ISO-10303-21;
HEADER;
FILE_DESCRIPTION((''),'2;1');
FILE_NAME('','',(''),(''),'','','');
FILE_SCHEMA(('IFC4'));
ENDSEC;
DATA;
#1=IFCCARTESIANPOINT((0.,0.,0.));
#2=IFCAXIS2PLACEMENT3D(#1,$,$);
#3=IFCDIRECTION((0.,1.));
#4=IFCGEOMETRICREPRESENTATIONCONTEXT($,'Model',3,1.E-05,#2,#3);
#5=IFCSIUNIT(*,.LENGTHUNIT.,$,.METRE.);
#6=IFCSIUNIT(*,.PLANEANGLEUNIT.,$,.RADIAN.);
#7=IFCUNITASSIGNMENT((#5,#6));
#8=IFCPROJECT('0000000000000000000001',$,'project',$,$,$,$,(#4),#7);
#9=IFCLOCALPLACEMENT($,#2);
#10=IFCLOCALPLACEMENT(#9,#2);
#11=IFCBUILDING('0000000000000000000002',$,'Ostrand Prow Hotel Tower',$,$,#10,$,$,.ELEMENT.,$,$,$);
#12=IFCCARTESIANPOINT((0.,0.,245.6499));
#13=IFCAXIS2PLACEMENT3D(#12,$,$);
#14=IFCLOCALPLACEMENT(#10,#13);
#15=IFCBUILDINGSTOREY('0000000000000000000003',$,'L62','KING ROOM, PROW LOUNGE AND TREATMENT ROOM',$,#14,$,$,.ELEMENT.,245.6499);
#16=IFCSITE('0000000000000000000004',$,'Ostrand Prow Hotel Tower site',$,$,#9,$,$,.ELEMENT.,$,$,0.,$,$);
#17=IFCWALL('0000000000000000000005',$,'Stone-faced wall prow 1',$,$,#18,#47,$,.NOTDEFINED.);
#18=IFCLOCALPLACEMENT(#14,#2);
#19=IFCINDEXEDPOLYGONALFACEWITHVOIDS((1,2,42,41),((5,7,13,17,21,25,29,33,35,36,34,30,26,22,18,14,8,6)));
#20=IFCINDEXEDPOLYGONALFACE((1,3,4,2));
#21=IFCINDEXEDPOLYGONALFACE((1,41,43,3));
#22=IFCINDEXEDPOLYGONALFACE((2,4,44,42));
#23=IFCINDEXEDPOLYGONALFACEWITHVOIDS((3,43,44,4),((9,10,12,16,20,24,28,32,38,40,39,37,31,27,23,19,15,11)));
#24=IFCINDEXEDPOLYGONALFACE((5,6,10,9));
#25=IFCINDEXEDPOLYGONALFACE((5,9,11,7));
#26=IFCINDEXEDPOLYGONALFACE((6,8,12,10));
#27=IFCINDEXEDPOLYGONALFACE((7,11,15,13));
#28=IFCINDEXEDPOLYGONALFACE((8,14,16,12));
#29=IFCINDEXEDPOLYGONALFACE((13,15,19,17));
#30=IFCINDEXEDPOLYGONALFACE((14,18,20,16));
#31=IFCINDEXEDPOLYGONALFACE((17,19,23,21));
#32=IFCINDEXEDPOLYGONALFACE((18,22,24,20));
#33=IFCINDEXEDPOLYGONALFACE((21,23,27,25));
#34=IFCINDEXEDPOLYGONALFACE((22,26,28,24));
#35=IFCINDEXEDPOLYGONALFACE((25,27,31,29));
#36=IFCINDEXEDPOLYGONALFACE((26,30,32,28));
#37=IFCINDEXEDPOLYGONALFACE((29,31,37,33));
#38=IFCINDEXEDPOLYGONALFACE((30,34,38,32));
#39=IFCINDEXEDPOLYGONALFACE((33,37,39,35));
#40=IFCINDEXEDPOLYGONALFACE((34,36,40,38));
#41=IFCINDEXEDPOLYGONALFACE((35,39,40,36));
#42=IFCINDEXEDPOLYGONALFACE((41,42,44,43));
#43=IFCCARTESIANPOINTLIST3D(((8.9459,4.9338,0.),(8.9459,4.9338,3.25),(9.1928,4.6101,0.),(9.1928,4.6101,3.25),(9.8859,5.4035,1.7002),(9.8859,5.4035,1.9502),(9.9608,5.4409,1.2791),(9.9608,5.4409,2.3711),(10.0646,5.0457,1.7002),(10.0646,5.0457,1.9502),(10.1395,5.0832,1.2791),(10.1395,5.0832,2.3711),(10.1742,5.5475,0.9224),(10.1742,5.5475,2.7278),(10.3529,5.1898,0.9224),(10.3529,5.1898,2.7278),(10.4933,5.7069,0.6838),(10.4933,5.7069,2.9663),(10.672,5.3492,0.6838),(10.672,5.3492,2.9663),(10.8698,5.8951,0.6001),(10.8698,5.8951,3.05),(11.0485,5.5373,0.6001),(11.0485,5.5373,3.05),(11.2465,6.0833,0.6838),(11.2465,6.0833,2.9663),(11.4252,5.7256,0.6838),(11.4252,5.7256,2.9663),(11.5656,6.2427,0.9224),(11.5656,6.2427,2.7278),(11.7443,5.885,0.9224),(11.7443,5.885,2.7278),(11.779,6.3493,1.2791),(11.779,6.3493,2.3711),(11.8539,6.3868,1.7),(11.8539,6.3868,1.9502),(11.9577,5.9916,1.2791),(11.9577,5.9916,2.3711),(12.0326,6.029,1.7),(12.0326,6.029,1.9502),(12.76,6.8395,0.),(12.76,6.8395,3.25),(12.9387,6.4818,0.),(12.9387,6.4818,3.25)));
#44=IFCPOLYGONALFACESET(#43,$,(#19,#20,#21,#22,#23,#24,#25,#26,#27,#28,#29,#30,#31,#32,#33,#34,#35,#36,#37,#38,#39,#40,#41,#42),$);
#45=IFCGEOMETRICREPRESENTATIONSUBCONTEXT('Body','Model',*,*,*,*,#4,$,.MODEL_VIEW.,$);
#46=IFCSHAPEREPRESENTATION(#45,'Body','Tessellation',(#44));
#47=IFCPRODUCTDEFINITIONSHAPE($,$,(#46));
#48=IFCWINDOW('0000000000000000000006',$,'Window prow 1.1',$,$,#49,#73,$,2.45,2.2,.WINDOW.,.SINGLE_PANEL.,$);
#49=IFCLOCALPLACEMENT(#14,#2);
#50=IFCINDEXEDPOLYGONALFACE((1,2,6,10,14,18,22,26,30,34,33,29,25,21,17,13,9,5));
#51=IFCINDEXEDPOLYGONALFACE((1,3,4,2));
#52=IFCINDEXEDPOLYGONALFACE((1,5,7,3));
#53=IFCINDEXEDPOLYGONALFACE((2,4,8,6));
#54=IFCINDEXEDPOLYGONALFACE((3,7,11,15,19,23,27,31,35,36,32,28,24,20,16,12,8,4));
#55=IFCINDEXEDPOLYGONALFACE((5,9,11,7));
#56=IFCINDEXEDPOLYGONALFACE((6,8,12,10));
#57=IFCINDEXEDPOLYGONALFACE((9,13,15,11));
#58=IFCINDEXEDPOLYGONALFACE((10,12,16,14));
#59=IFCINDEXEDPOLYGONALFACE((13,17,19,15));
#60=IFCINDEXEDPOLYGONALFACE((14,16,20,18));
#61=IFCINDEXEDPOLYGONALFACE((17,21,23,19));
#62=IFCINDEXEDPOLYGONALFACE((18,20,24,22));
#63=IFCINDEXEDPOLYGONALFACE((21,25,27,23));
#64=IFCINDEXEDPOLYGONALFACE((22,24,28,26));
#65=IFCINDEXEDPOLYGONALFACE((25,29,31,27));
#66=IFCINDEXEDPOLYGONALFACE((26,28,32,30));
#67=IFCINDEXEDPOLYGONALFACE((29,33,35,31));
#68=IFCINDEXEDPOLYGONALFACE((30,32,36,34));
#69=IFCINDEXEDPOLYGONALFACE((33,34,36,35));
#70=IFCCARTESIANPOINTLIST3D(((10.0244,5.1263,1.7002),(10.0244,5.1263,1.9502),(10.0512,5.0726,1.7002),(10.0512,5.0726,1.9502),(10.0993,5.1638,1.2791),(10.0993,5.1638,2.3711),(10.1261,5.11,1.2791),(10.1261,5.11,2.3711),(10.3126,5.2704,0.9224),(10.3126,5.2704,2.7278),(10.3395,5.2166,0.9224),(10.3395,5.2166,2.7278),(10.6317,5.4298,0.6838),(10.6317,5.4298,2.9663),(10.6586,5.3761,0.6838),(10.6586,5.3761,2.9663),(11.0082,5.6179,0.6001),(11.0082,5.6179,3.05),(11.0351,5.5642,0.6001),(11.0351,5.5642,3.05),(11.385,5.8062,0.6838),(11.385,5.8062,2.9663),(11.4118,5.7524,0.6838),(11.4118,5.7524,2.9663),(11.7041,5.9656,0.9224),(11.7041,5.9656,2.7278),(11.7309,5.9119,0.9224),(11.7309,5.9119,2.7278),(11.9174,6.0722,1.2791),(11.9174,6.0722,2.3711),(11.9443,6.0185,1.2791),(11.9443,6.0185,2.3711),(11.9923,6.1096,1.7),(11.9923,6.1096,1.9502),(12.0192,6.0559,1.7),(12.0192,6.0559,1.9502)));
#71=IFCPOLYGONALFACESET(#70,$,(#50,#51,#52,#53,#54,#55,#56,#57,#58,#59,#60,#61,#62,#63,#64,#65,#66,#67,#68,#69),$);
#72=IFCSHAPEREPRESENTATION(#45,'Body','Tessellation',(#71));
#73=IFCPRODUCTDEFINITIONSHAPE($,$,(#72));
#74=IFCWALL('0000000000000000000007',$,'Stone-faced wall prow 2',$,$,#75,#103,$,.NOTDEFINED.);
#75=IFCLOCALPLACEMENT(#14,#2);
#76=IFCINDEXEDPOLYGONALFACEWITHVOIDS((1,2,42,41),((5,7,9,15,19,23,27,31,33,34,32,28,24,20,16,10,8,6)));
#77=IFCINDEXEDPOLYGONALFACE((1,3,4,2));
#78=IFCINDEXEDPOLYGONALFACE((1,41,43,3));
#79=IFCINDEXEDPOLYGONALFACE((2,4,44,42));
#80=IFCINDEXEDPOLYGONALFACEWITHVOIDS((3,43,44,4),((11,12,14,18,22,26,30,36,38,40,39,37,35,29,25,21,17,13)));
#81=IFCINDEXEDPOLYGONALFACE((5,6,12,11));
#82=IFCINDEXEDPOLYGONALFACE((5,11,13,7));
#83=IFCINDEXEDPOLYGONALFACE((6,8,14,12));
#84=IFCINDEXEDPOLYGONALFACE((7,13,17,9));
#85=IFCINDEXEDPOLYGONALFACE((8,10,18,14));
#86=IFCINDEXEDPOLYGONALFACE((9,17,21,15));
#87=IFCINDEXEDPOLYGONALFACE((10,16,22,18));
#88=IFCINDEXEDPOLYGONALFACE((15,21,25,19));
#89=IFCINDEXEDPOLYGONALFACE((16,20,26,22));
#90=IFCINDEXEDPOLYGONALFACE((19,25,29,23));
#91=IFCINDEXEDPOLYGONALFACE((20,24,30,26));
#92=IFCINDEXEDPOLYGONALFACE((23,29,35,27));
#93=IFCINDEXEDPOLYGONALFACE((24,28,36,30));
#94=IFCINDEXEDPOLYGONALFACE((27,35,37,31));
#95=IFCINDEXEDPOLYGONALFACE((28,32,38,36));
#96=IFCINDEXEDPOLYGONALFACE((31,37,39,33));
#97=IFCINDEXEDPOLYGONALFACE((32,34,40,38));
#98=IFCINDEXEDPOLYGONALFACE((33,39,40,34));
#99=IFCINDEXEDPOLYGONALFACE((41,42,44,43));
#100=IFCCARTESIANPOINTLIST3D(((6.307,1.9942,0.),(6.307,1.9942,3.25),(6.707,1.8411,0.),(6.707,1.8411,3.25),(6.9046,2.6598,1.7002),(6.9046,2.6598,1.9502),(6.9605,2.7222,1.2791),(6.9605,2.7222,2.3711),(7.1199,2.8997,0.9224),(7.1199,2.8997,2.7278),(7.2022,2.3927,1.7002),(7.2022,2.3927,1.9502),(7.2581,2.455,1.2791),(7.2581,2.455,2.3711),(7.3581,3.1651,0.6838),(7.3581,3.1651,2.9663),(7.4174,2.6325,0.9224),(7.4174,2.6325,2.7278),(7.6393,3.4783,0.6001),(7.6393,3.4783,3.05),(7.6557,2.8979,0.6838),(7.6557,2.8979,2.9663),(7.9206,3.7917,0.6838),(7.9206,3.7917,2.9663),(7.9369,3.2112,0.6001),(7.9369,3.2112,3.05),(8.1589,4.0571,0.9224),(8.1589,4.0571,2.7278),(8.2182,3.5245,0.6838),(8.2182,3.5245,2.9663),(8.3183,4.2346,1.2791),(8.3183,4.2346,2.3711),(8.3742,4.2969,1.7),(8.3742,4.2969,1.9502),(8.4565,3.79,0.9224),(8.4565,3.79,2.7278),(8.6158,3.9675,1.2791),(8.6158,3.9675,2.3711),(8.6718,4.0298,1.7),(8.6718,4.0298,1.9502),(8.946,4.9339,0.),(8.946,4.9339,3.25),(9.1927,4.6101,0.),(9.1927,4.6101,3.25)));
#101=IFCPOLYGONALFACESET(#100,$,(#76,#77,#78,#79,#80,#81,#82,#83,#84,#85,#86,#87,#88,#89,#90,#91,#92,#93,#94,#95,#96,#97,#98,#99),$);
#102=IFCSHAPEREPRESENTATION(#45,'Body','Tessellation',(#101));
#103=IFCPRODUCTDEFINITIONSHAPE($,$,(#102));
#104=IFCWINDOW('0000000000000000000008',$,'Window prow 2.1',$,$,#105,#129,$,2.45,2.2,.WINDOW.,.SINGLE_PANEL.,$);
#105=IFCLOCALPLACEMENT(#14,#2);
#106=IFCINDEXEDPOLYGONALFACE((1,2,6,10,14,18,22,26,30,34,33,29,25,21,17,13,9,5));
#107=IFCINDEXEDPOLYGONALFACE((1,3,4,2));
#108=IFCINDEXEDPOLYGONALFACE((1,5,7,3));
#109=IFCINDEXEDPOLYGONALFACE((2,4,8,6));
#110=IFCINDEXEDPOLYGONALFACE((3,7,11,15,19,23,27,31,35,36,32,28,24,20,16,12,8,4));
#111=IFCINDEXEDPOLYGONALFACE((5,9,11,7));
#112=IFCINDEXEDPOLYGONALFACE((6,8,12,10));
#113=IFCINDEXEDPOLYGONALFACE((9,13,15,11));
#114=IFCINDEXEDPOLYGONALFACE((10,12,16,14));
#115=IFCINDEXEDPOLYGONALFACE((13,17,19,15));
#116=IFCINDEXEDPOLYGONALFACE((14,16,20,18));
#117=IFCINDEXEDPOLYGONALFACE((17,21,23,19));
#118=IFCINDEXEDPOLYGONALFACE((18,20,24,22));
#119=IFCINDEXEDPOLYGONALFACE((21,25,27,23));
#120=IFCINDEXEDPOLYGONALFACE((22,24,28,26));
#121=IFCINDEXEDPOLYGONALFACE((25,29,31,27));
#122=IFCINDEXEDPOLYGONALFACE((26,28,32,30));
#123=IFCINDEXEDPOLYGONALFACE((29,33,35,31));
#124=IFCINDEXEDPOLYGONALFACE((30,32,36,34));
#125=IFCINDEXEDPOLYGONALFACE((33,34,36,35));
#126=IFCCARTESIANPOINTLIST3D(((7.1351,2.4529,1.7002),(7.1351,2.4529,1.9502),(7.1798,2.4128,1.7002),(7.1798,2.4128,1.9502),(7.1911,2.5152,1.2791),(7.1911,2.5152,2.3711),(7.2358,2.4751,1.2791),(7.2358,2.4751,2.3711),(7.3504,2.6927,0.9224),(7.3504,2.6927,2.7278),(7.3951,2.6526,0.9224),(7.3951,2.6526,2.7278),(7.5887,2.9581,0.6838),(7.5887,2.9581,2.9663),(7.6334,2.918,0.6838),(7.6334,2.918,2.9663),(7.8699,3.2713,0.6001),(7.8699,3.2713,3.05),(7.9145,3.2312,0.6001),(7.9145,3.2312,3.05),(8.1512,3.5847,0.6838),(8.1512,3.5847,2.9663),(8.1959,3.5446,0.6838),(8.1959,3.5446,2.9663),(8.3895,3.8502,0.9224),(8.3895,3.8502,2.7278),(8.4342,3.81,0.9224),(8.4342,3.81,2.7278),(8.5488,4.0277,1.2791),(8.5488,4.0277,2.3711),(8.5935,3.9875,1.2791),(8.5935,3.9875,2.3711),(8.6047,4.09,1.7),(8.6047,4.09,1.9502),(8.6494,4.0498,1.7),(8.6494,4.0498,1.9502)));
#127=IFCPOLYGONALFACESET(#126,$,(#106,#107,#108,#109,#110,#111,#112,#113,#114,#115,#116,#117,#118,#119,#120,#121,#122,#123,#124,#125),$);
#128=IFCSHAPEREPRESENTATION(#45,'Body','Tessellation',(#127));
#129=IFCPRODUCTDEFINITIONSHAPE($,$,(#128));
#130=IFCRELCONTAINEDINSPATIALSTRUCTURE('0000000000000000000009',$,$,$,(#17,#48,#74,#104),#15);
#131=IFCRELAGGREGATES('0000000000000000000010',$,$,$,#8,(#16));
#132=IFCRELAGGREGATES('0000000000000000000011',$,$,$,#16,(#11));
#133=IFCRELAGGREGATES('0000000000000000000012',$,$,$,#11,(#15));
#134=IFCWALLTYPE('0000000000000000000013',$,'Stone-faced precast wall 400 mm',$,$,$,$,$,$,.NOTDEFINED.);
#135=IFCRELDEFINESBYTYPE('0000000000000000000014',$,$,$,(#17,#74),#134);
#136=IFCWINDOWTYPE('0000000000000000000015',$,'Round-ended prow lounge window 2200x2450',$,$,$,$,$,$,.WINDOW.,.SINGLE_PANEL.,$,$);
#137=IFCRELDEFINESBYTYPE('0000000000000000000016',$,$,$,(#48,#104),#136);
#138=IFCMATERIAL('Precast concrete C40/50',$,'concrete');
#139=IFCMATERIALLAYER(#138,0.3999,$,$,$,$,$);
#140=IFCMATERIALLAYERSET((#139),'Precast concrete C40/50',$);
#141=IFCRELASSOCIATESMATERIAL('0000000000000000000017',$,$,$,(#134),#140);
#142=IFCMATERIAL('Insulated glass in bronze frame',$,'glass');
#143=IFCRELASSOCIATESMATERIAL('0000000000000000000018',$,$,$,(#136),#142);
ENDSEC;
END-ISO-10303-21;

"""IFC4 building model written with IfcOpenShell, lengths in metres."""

from ifc_helpers import new_model, si_unit, direction, frame, origin, place, context, subcontext, project, spatial, polyline, outline, extrude, material, layer, layer_set, type_object, element, fill, save


model = new_model("IFC4")

# Units and contexts
model_context = context("Model", 3, precision=1e-05, world=origin(), true_north=direction((0.0, 1.0)))
body_context = subcontext(model_context, "Body", "Model", "MODEL_VIEW")
ifc_project = project(units=[si_unit("LENGTHUNIT", "METRE"), si_unit("PLANEANGLEUNIT", "RADIAN")], contexts=[model_context])

# Site, building, storey
site_placement = place(None, origin())
site = spatial("IfcSite", under=ifc_project, at=site_placement, Name="Ostrand Prow Hotel Tower site", CompositionType="ELEMENT", RefElevation=0.0)
building_placement = place(site_placement, origin())
building = spatial("IfcBuilding", under=site, at=building_placement, Name="Ostrand Prow Hotel Tower", CompositionType="ELEMENT")
storey_placement = place(building_placement, frame((0.0, 0.0, 245.6499)))
storey = spatial("IfcBuildingStorey", under=building, at=storey_placement, Name="L62", Description="KING ROOM, PROW LOUNGE AND TREATMENT ROOM", CompositionType="ELEMENT", Elevation=245.6499)

# Walls, openings, windows
ifc_material_1 = material(Name="Precast concrete C40/50", Category="concrete")
ifc_layer_1 = layer(ifc_material_1, 0.3999)
ifc_layer_set_1 = layer_set([ifc_layer_1], Name="Precast concrete C40/50")
wall_type_1 = type_object("IfcWallType", Name="Stone-faced precast wall 400 mm", PredefinedType="NOTDEFINED", material=ifc_layer_set_1)
wall_1_placement = place(storey_placement, frame((12.8494, 6.6606, 0.0), z_axis=(0.0, 0.0, 1.0), x_axis=(-0.894554, -0.446959, 0.0)))
wall_1 = element("IfcWall", 1, at=wall_1_placement, inside=storey, type_object=wall_type_1, Name="Stone-faced wall prow 1", PredefinedType="NOTDEFINED", context=body_context, shape_type="SweptSolid", body=[
    extrude(outline(polyline([(0.0, -0.2), (4.2637, -0.2), (4.1875, 0.2), (0.0, 0.2), (0.0, -0.2)])), origin(), (0.0, 0.0, 1.0), 3.25),
])
opening_1_placement = place(wall_1_placement, frame((1.0129, 0.0, 0.6001)))
opening_1 = element("IfcOpeningElement", 2, at=opening_1_placement, cuts=wall_1, PredefinedType="OPENING", context=body_context, shape_type="SweptSolid", body=[
    extrude(outline(polyline([(0.0, 1.3501), (0.0837, 1.771), (0.3223, 2.1277), (0.679, 2.3662), (1.1001, 2.45), (1.521, 2.3662), (1.8777, 2.1277), (2.1162, 1.771), (2.2, 1.3501), (2.2, 1.1001), (2.1162, 0.679), (1.8777, 0.3223), (1.521, 0.0837), (1.1001, 0.0), (0.679, 0.0837), (0.3223, 0.3223), (0.0837, 0.679), (0.0, 1.0999), (0.0, 1.3501)])), frame((0.0, 0.21, 0.0), z_axis=(0.0, -1.0, 0.0), x_axis=(1.0, 0.0, 0.0)), (0.0, 0.0, 1.0), 0.4199),
])
ifc_material_2 = material(Name="Insulated glass in bronze frame", Category="glass")
window_type = type_object("IfcWindowType", Name="Round-ended prow lounge window 2200x2450", PartitioningType="SINGLE_PANEL", PredefinedType="WINDOW", material=ifc_material_2)
window_1_placement = place(opening_1_placement, origin())
window_1 = element("IfcWindow", 3, at=window_1_placement, inside=storey, type_object=window_type, Name="Window prow 1.1", OverallHeight=2.45, OverallWidth=2.2, PartitioningType="SINGLE_PANEL", PredefinedType="WINDOW", context=body_context, shape_type="SweptSolid", body=[
    extrude(outline(polyline([(0.0, 1.3501), (0.0837, 1.771), (0.3223, 2.1277), (0.679, 2.3662), (1.1001, 2.45), (1.521, 2.3662), (1.8777, 2.1277), (2.1162, 1.771), (2.2, 1.3501), (2.2, 1.1001), (2.1162, 0.679), (1.8777, 0.3223), (1.521, 0.0837), (1.1001, 0.0), (0.679, 0.0837), (0.3223, 0.3223), (0.0837, 0.679), (0.0, 1.0999), (0.0, 1.3501)])), frame((0.0, 0.1699, 0.0), z_axis=(0.0, -1.0, 0.0), x_axis=(1.0, 0.0, 0.0)), (0.0, 0.0, 1.0), 0.0601),
])
fill(opening_1, window_1)
wall_2_placement = place(storey_placement, frame((9.0693, 4.772, 0.0), z_axis=(0.0, 0.0, 1.0), x_axis=(-0.668018, -0.744145, 0.0)))
wall_2 = element("IfcWall", 4, at=wall_2_placement, inside=storey, type_object=wall_type_1, Name="Stone-faced wall prow 2", PredefinedType="NOTDEFINED", context=body_context, shape_type="SweptSolid", body=[
    extrude(outline(polyline([(-0.0381, -0.2), (3.9124, -0.2), (3.759, 0.2), (0.0381, 0.2), (-0.0381, -0.2)])), origin(), (0.0, 0.0, 1.0), 3.25),
])
opening_2_placement = place(wall_2_placement, frame((0.8179, 0.0, 0.6001)))
opening_2 = element("IfcOpeningElement", 5, at=opening_2_placement, cuts=wall_2, PredefinedType="OPENING", context=body_context, shape_type="SweptSolid", body=[
    extrude(outline(polyline([(0.0, 1.3501), (0.0837, 1.771), (0.3223, 2.1277), (0.679, 2.3662), (1.1001, 2.45), (1.521, 2.3662), (1.8777, 2.1277), (2.1162, 1.771), (2.2, 1.3501), (2.2, 1.1001), (2.1162, 0.679), (1.8777, 0.3223), (1.521, 0.0837), (1.1001, 0.0), (0.679, 0.0837), (0.3223, 0.3223), (0.0837, 0.679), (0.0, 1.0999), (0.0, 1.3501)])), frame((0.0, 0.21, 0.0), z_axis=(0.0, -1.0, 0.0), x_axis=(1.0, 0.0, 0.0)), (0.0, 0.0, 1.0), 0.4199),
])
window_2_placement = place(opening_2_placement, origin())
window_2 = element("IfcWindow", 6, at=window_2_placement, inside=storey, type_object=window_type, Name="Window prow 2.1", OverallHeight=2.45, OverallWidth=2.2, PartitioningType="SINGLE_PANEL", PredefinedType="WINDOW", context=body_context, shape_type="SweptSolid", body=[
    extrude(outline(polyline([(0.0, 1.3501), (0.0837, 1.771), (0.3223, 2.1277), (0.679, 2.3662), (1.1001, 2.45), (1.521, 2.3662), (1.8777, 2.1277), (2.1162, 1.771), (2.2, 1.3501), (2.2, 1.1001), (2.1162, 0.679), (1.8777, 0.3223), (1.521, 0.0837), (1.1001, 0.0), (0.679, 0.0837), (0.3223, 0.3223), (0.0837, 0.679), (0.0, 1.0999), (0.0, 1.3501)])), frame((0.0, 0.1699, 0.0), z_axis=(0.0, -1.0, 0.0), x_axis=(1.0, 0.0, 0.0)), (0.0, 0.0, 1.0), 0.0601),
])
fill(opening_2, window_2)

save(model, "model.ifc")
